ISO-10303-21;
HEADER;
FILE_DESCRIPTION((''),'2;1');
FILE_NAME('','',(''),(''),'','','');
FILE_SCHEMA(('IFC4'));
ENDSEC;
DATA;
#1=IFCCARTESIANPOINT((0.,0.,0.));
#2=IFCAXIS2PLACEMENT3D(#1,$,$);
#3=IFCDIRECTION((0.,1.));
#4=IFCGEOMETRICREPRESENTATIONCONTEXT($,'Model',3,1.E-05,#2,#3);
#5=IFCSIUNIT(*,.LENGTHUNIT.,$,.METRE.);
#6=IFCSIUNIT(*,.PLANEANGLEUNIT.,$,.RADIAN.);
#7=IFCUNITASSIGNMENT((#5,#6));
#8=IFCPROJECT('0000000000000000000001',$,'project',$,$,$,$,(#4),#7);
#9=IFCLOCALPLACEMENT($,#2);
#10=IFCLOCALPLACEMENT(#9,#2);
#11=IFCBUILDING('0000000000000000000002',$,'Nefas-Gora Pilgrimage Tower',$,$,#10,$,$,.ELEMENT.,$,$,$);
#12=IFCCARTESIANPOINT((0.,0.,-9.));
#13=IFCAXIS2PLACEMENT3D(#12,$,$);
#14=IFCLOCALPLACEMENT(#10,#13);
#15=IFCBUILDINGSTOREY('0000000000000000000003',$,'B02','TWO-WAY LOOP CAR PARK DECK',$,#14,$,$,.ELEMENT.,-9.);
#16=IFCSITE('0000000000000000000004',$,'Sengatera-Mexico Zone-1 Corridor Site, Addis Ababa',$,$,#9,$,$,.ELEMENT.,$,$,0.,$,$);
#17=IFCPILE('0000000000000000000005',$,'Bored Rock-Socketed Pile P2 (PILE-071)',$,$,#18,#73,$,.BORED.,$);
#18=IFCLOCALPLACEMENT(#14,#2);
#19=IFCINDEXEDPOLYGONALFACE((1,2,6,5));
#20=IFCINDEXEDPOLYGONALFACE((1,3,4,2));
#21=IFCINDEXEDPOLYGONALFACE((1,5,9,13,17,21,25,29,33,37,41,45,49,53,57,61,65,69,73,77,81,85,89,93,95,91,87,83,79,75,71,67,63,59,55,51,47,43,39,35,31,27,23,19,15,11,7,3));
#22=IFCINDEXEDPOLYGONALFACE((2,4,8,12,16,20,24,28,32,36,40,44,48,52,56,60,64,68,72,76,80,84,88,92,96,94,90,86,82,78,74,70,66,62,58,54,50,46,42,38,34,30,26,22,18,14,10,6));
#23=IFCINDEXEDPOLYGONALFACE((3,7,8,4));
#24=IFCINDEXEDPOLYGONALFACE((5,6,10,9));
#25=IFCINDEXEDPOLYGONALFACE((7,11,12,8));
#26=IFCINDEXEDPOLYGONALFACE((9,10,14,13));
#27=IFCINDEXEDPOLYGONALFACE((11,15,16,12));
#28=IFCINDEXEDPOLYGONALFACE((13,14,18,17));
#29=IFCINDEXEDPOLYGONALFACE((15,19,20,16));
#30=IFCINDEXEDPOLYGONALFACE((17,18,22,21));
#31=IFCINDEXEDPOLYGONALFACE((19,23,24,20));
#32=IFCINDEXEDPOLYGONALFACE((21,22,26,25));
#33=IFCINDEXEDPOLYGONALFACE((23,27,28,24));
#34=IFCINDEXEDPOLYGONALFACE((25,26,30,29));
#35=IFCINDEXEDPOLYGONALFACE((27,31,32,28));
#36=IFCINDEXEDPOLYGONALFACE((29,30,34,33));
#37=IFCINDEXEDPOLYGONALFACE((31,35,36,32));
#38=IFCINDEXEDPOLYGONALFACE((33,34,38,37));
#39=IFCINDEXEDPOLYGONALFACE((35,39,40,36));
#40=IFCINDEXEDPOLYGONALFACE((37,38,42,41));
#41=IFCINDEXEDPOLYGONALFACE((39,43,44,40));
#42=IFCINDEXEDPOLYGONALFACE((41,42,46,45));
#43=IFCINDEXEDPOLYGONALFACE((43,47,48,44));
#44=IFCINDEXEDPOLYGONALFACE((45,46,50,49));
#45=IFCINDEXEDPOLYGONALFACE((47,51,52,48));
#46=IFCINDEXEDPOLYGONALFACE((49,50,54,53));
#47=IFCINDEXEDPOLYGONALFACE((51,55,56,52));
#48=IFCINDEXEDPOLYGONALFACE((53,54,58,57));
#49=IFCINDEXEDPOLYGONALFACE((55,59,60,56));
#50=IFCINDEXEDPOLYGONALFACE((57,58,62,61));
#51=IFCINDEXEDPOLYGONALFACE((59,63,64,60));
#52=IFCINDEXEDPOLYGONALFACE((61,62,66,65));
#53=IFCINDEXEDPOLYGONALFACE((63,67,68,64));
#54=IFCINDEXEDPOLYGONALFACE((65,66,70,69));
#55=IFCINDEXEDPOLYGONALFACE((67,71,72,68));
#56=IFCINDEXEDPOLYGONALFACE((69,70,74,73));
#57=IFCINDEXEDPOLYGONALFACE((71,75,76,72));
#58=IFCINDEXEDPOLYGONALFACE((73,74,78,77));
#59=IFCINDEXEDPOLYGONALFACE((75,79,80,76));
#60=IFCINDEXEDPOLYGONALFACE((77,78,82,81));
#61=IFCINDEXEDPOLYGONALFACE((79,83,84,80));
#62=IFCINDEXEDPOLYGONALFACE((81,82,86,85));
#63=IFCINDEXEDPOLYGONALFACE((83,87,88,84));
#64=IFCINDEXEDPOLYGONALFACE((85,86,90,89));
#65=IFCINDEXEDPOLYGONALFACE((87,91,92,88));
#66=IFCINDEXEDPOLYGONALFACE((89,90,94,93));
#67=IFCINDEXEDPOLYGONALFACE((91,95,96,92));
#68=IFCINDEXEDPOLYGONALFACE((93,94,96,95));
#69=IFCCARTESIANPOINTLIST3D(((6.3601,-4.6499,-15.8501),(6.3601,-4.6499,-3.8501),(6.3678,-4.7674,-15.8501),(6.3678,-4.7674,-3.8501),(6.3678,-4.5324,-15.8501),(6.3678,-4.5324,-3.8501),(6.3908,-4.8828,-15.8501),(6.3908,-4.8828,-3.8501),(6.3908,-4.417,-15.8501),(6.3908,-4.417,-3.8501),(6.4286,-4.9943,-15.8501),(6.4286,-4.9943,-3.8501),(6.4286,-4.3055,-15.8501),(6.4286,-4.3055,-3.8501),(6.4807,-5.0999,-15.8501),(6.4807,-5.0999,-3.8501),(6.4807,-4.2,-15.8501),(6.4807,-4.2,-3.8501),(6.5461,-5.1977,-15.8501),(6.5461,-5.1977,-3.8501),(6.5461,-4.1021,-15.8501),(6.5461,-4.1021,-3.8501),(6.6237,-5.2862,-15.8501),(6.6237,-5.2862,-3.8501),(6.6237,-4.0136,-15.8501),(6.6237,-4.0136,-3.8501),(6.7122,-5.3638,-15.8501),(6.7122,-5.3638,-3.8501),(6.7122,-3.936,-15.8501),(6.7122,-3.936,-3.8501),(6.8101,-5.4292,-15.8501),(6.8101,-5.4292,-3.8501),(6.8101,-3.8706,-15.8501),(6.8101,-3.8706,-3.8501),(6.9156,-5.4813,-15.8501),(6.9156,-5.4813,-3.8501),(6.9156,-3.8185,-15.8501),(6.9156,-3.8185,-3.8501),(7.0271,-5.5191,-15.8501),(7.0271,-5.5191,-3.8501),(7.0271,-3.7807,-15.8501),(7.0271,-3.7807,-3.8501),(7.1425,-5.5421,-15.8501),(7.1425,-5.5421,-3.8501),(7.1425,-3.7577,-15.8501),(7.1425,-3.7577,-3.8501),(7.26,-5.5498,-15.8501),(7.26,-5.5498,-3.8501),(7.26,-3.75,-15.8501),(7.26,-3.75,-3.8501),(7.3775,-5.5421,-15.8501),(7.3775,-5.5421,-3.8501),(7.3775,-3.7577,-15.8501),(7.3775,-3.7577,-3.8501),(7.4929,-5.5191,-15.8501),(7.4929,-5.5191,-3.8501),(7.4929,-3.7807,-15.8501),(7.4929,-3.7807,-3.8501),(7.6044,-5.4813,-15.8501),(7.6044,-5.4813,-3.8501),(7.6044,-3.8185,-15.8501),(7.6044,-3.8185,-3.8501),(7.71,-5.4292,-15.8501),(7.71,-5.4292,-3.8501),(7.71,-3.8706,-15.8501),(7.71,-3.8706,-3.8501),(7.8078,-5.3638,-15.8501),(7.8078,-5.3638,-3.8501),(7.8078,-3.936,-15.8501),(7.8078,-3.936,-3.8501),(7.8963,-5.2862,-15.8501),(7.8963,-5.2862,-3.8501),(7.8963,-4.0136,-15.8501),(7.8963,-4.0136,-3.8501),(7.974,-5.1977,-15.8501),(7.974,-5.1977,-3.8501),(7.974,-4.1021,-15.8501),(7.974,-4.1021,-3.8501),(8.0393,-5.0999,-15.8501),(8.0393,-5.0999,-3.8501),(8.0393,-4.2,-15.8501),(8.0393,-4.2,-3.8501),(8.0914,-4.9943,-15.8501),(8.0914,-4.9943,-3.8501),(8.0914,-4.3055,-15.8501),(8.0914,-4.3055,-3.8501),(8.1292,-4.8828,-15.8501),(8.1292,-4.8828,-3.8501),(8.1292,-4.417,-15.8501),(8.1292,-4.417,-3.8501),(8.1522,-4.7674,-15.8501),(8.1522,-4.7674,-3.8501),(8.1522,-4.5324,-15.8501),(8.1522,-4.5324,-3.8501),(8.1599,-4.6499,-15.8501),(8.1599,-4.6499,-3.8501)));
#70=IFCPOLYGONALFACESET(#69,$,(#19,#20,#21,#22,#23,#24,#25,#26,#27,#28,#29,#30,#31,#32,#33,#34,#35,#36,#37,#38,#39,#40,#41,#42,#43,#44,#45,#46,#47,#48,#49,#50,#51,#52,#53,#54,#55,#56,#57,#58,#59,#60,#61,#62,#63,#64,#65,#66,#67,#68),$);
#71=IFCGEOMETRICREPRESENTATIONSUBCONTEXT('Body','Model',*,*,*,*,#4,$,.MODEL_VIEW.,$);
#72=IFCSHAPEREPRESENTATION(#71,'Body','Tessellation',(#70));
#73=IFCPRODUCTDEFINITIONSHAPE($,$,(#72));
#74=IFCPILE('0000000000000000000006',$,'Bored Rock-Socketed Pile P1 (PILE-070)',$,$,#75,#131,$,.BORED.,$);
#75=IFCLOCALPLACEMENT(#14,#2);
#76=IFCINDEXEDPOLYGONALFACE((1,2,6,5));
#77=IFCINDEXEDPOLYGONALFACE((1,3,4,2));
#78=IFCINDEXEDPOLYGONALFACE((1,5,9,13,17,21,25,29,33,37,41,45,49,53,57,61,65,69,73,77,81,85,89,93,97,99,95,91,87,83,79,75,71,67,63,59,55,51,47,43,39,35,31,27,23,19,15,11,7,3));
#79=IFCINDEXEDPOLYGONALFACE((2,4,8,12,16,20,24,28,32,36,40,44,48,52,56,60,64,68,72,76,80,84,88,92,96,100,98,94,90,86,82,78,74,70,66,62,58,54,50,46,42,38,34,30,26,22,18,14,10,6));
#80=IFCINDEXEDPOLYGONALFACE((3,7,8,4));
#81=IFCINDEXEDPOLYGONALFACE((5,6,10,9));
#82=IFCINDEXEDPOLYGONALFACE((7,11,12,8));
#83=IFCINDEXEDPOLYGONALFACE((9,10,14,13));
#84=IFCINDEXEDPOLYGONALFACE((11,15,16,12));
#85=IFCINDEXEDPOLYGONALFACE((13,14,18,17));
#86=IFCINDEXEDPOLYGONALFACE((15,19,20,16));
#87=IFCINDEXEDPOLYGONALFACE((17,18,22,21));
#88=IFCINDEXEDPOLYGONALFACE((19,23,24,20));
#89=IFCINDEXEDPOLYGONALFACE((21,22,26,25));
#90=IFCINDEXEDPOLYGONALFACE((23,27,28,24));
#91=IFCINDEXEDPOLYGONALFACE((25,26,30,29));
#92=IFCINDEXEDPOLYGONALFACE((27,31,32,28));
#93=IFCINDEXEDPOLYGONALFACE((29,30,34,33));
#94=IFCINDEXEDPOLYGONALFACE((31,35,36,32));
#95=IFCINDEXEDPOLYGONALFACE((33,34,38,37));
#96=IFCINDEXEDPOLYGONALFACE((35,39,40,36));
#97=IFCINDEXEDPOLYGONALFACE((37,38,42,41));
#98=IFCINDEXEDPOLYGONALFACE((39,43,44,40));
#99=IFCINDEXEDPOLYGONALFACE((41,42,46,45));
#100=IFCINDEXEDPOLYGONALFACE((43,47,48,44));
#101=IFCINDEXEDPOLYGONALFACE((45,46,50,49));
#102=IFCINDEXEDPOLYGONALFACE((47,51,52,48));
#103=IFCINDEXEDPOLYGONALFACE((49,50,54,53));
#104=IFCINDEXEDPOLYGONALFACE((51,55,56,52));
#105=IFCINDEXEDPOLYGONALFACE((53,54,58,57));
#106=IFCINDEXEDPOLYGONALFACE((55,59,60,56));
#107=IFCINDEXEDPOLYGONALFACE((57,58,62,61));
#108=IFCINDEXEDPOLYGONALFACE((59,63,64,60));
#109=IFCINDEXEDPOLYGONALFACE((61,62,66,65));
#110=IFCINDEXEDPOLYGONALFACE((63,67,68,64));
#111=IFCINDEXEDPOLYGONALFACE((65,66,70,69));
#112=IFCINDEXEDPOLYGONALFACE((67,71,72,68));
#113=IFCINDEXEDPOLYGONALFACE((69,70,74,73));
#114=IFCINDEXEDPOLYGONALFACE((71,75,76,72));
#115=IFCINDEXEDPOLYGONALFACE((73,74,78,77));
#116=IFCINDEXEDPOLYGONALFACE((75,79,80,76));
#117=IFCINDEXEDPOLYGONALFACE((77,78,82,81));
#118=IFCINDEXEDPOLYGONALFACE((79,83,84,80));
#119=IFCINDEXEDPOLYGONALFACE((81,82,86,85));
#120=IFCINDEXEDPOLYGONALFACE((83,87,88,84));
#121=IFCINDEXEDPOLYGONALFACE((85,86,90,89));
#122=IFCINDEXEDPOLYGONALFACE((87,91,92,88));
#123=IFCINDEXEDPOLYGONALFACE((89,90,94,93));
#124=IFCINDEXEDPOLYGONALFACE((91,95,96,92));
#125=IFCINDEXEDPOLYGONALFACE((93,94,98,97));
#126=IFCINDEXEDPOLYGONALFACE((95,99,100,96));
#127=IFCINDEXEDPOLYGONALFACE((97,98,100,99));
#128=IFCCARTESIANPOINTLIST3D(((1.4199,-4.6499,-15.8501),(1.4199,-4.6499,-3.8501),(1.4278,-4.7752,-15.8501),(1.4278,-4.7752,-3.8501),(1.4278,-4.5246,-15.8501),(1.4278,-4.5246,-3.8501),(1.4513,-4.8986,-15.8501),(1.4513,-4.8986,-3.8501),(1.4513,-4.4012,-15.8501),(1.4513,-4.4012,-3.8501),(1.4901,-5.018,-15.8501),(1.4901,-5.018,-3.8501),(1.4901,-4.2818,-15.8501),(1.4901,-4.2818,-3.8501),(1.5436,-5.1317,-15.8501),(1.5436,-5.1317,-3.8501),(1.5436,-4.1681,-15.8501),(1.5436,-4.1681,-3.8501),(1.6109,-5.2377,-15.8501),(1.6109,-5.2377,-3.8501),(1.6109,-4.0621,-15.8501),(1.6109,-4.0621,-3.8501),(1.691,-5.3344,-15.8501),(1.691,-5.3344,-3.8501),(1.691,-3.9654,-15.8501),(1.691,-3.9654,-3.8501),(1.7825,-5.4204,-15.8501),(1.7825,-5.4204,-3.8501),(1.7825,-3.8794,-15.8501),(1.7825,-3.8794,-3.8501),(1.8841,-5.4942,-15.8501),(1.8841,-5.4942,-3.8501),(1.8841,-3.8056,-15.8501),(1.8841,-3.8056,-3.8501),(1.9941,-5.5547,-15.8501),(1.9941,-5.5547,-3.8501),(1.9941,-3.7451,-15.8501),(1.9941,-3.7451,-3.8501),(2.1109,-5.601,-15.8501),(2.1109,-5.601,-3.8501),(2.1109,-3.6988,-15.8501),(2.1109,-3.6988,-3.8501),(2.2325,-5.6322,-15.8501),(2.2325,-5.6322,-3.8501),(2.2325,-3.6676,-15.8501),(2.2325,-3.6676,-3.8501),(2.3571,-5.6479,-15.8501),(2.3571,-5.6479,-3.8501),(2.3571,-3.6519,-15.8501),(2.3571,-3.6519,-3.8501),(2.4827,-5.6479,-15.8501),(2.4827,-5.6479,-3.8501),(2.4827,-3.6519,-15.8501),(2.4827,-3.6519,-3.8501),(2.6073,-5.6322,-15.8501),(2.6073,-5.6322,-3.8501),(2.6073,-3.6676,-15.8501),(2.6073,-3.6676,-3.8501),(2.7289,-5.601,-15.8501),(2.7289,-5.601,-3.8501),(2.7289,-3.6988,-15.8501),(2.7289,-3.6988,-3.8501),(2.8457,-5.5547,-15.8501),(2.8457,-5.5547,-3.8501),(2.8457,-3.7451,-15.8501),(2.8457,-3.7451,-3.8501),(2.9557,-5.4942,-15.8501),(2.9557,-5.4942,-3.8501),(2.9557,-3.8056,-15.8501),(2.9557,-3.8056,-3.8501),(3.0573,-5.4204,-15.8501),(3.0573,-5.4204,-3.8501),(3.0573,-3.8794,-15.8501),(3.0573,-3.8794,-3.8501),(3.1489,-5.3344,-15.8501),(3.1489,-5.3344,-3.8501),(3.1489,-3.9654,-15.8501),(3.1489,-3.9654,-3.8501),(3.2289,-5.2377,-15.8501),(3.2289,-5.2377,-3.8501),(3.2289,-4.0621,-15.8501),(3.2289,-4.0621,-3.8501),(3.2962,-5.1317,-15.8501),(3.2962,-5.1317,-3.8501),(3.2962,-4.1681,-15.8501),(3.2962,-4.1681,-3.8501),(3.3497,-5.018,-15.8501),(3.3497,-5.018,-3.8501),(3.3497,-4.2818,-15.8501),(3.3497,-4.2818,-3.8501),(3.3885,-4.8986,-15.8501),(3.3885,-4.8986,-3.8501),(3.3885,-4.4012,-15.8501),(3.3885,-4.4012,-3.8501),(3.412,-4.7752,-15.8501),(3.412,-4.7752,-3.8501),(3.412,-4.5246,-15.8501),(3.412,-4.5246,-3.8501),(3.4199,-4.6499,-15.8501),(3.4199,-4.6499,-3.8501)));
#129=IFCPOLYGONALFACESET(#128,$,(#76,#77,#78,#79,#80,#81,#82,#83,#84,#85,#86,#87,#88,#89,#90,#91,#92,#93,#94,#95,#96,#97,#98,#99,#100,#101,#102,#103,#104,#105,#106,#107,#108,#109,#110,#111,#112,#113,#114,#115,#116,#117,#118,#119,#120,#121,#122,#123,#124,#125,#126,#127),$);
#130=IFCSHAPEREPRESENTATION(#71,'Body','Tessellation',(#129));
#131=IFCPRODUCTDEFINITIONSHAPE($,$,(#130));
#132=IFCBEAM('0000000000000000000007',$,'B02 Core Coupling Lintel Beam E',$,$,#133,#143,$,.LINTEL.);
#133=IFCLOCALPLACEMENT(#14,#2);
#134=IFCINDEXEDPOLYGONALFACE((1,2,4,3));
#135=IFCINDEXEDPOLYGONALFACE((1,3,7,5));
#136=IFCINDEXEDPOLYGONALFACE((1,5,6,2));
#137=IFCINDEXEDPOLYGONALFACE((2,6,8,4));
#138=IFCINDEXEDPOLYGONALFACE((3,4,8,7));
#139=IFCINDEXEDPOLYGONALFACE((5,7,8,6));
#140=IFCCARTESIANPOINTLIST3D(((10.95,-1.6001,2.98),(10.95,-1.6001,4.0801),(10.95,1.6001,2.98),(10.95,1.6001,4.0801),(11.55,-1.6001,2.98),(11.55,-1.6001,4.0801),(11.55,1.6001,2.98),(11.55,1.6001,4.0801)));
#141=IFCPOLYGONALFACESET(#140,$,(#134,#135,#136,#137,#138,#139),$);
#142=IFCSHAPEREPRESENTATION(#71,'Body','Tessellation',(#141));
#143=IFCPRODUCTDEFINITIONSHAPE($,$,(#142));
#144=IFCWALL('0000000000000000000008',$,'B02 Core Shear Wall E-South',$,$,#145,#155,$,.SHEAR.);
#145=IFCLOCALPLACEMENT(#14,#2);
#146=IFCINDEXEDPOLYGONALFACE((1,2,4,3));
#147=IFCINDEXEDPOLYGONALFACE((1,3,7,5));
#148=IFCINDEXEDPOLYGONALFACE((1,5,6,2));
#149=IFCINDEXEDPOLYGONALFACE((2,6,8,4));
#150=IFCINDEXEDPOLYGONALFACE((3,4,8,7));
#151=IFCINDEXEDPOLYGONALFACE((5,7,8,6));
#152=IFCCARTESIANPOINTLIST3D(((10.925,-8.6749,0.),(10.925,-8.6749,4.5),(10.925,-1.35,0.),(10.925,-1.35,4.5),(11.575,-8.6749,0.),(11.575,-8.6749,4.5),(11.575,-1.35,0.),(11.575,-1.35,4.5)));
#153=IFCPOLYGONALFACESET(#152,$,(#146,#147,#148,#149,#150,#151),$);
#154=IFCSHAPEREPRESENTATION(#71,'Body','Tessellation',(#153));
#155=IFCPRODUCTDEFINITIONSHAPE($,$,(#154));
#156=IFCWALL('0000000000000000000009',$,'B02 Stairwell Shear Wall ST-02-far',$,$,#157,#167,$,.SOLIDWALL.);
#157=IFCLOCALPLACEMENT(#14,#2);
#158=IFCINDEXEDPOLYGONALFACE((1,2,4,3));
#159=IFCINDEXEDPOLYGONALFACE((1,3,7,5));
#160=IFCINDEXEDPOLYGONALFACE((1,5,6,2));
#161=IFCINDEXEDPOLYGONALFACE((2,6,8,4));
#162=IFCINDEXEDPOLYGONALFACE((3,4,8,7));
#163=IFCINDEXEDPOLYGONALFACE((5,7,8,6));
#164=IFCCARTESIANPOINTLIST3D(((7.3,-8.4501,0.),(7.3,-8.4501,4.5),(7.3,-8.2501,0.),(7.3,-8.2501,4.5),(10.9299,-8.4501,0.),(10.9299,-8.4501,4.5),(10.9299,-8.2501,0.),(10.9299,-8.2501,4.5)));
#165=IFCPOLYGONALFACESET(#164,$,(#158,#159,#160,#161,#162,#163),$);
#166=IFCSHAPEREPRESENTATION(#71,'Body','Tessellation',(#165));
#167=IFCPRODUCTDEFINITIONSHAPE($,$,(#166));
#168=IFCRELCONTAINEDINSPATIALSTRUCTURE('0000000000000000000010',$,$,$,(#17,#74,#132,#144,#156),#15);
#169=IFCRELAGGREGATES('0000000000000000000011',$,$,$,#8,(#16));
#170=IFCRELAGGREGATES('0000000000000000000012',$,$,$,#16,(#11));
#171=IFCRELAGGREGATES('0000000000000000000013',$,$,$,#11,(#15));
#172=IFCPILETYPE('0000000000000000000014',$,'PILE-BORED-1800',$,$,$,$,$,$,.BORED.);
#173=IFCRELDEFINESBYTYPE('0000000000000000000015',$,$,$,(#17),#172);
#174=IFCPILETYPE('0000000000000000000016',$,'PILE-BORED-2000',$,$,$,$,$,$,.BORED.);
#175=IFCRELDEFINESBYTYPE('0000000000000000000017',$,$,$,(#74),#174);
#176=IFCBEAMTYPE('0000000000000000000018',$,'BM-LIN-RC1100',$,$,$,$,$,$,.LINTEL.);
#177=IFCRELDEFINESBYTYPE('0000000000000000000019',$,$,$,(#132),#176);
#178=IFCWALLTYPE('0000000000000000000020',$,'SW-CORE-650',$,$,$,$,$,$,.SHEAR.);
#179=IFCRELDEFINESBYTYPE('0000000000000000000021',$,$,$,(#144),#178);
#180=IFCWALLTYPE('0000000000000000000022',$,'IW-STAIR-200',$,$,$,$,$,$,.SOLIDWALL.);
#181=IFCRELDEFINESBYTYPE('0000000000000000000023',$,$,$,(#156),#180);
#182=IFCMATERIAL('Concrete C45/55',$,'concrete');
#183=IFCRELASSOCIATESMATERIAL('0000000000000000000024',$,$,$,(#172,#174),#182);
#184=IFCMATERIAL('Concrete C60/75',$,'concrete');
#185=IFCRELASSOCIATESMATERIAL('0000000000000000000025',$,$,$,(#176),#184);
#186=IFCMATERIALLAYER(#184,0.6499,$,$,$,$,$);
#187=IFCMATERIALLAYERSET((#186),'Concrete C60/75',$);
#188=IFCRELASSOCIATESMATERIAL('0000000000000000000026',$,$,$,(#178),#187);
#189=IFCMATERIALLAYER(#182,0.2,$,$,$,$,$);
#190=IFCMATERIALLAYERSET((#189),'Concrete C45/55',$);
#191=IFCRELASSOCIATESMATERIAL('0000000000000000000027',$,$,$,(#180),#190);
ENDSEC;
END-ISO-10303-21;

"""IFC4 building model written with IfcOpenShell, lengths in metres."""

from ifc_helpers import new_model, si_unit, direction, frame, frame_2d, origin, origin_2d, place, context, subcontext, project, spatial, rectangle, circle, extrude, source, transform, mapped, material, layer, layer_set, material_profile, profile_set, type_object, element, save


model = new_model("IFC4")

# Units and contexts
model_context = context("Model", 3, precision=1e-05, world=origin(), true_north=direction((0.0, 1.0)))
body_context = subcontext(model_context, "Body", "Model", "MODEL_VIEW")
ifc_project = project(units=[si_unit("LENGTHUNIT", "METRE"), si_unit("PLANEANGLEUNIT", "RADIAN")], contexts=[model_context])

# Site, building, storey
site_placement = place(None, origin())
site = spatial("IfcSite", under=ifc_project, at=site_placement, Name="Sengatera-Mexico Zone-1 Corridor Site, Addis Ababa", CompositionType="ELEMENT", RefElevation=0.0)
building_placement = place(site_placement, origin())
building = spatial("IfcBuilding", under=site, at=building_placement, Name="Nefas-Gora Pilgrimage Tower", CompositionType="ELEMENT")
storey_placement = place(building_placement, frame((0.0, 0.0, -9.0)))
storey = spatial("IfcBuildingStorey", under=building, at=storey_placement, Name="B02", Description="TWO-WAY LOOP CAR PARK DECK", CompositionType="ELEMENT", Elevation=-9.0)

# Piles
ifc_material_1 = material(Name="Concrete C45/55", Category="concrete")
ifc_material_profile_1 = material_profile(ifc_material_1, circle(Radius=0.8999, at=origin_2d()), Name="PILE D1800")
ifc_profile_set_1 = profile_set([ifc_material_profile_1], Name="Concrete C45/55")
pile_type_1 = type_object("IfcPileType", Name="PILE-BORED-1800", PredefinedType="BORED", material=ifc_profile_set_1)
shared_shape_1 = source(origin(), body_context, "Body", "SweptSolid", [
    extrude(circle(Radius=0.8999, at=origin_2d()), origin(), (0.0, 0.0, 1.0), 12.0),
])
pile_1_placement = place(storey_placement, frame((7.26, -4.6499, -3.8501), z_axis=(0.0, 0.0, -1.0), x_axis=(1.0, 0.0, 0.0)))
element("IfcPile", 1, at=pile_1_placement, inside=storey, type_object=pile_type_1, Name="Bored Rock-Socketed Pile P2 (PILE-071)", PredefinedType="BORED", context=body_context, shape_type="MappedRepresentation", body=[
    mapped(shared_shape_1, transform((0.0, 0.0, 0.0), x_axis=(1.0, 0.0, 0.0), y_axis=(0.0, 1.0, 0.0), z_axis=(0.0, 0.0, 1.0), scale=1.0)),
])
ifc_material_profile_2 = material_profile(ifc_material_1, circle(Radius=1.0, at=origin_2d()), Name="PILE D2000")
ifc_profile_set_2 = profile_set([ifc_material_profile_2], Name="Concrete C45/55")
pile_type_2 = type_object("IfcPileType", Name="PILE-BORED-2000", PredefinedType="BORED", material=ifc_profile_set_2)
shared_shape_2 = source(origin(), body_context, "Body", "SweptSolid", [
    extrude(circle(Radius=1.0, at=origin_2d()), origin(), (0.0, 0.0, 1.0), 12.0),
])
pile_2_placement = place(storey_placement, frame((2.4199, -4.6499, -3.8501), z_axis=(0.0, 0.0, -1.0), x_axis=(1.0, 0.0, 0.0)))
element("IfcPile", 2, at=pile_2_placement, inside=storey, type_object=pile_type_2, Name="Bored Rock-Socketed Pile P1 (PILE-070)", PredefinedType="BORED", context=body_context, shape_type="MappedRepresentation", body=[
    mapped(shared_shape_2, transform((0.0, 0.0, 0.0), x_axis=(1.0, 0.0, 0.0), y_axis=(0.0, 1.0, 0.0), z_axis=(0.0, 0.0, 1.0), scale=1.0)),
])

# Beam
ifc_material_2 = material(Name="Concrete C60/75", Category="concrete")
ifc_material_profile_3 = material_profile(ifc_material_2, rectangle(XDim=0.6001, YDim=1.1001, at=origin_2d()), Name="RC 600x1100")
ifc_profile_set_3 = profile_set([ifc_material_profile_3], Name="Concrete C60/75")
beam_type = type_object("IfcBeamType", Name="BM-LIN-RC1100", PredefinedType="LINTEL", material=ifc_profile_set_3)
shared_shape_3 = source(origin(), body_context, "Body", "SweptSolid", [
    extrude(rectangle(XDim=0.6001, YDim=1.1001, at=origin_2d()), origin(), (0.0, 0.0, 1.0), 3.2002),
])
beam_placement = place(storey_placement, frame((11.25, -1.6001, 3.53), z_axis=(0.0, 1.0, 0.0), x_axis=(-1.0, 0.0, 0.0)))
element("IfcBeam", 3, at=beam_placement, inside=storey, type_object=beam_type, Name="B02 Core Coupling Lintel Beam E", PredefinedType="LINTEL", context=body_context, shape_type="MappedRepresentation", body=[
    mapped(shared_shape_3, transform((0.0, 0.0, 0.0), x_axis=(1.0, 0.0, 0.0), y_axis=(0.0, 1.0, 0.0), z_axis=(0.0, 0.0, 1.0), scale=1.0)),
])

# Walls
ifc_layer_1 = layer(ifc_material_2, 0.6499)
ifc_layer_set_1 = layer_set([ifc_layer_1], Name="Concrete C60/75")
wall_type_1 = type_object("IfcWallType", Name="SW-CORE-650", PredefinedType="SHEAR", material=ifc_layer_set_1)
shared_shape_4 = source(origin(), body_context, "Body", "SweptSolid", [
    extrude(rectangle(XDim=7.325, YDim=0.6499, at=frame_2d((3.6626, 0.0))), origin(), (0.0, 0.0, 1.0), 4.5),
])
wall_1_placement = place(storey_placement, frame((11.25, -8.675, 0.0), z_axis=(0.0, 0.0, 1.0), x_axis=(0.0, 1.0, 0.0)))
element("IfcWall", 4, at=wall_1_placement, inside=storey, type_object=wall_type_1, Name="B02 Core Shear Wall E-South", PredefinedType="SHEAR", context=body_context, shape_type="MappedRepresentation", body=[
    mapped(shared_shape_4, transform((0.0, 0.0, 0.0), x_axis=(1.0, 0.0, 0.0), y_axis=(0.0, 1.0, 0.0), z_axis=(0.0, 0.0, 1.0), scale=1.0)),
])
ifc_layer_2 = layer(ifc_material_1, 0.2)
ifc_layer_set_2 = layer_set([ifc_layer_2], Name="Concrete C45/55")
wall_type_2 = type_object("IfcWallType", Name="IW-STAIR-200", PredefinedType="SOLIDWALL", material=ifc_layer_set_2)
shared_shape_5 = source(origin(), body_context, "Body", "SweptSolid", [
    extrude(rectangle(XDim=3.6299, YDim=0.2, at=frame_2d((1.8149, 0.0))), origin(), (0.0, 0.0, 1.0), 4.5),
])
wall_2_placement = place(storey_placement, frame((7.3, -8.3501, 0.0), z_axis=(0.0, 0.0, 1.0), x_axis=(1.0, 0.0, 0.0)))
element("IfcWall", 5, at=wall_2_placement, inside=storey, type_object=wall_type_2, Name="B02 Stairwell Shear Wall ST-02-far", PredefinedType="SOLIDWALL", context=body_context, shape_type="MappedRepresentation", body=[
    mapped(shared_shape_5, transform((0.0, 0.0, 0.0), x_axis=(1.0, 0.0, 0.0), y_axis=(0.0, 1.0, 0.0), z_axis=(0.0, 0.0, 1.0), scale=1.0)),
])

save(model, "model.ifc")
